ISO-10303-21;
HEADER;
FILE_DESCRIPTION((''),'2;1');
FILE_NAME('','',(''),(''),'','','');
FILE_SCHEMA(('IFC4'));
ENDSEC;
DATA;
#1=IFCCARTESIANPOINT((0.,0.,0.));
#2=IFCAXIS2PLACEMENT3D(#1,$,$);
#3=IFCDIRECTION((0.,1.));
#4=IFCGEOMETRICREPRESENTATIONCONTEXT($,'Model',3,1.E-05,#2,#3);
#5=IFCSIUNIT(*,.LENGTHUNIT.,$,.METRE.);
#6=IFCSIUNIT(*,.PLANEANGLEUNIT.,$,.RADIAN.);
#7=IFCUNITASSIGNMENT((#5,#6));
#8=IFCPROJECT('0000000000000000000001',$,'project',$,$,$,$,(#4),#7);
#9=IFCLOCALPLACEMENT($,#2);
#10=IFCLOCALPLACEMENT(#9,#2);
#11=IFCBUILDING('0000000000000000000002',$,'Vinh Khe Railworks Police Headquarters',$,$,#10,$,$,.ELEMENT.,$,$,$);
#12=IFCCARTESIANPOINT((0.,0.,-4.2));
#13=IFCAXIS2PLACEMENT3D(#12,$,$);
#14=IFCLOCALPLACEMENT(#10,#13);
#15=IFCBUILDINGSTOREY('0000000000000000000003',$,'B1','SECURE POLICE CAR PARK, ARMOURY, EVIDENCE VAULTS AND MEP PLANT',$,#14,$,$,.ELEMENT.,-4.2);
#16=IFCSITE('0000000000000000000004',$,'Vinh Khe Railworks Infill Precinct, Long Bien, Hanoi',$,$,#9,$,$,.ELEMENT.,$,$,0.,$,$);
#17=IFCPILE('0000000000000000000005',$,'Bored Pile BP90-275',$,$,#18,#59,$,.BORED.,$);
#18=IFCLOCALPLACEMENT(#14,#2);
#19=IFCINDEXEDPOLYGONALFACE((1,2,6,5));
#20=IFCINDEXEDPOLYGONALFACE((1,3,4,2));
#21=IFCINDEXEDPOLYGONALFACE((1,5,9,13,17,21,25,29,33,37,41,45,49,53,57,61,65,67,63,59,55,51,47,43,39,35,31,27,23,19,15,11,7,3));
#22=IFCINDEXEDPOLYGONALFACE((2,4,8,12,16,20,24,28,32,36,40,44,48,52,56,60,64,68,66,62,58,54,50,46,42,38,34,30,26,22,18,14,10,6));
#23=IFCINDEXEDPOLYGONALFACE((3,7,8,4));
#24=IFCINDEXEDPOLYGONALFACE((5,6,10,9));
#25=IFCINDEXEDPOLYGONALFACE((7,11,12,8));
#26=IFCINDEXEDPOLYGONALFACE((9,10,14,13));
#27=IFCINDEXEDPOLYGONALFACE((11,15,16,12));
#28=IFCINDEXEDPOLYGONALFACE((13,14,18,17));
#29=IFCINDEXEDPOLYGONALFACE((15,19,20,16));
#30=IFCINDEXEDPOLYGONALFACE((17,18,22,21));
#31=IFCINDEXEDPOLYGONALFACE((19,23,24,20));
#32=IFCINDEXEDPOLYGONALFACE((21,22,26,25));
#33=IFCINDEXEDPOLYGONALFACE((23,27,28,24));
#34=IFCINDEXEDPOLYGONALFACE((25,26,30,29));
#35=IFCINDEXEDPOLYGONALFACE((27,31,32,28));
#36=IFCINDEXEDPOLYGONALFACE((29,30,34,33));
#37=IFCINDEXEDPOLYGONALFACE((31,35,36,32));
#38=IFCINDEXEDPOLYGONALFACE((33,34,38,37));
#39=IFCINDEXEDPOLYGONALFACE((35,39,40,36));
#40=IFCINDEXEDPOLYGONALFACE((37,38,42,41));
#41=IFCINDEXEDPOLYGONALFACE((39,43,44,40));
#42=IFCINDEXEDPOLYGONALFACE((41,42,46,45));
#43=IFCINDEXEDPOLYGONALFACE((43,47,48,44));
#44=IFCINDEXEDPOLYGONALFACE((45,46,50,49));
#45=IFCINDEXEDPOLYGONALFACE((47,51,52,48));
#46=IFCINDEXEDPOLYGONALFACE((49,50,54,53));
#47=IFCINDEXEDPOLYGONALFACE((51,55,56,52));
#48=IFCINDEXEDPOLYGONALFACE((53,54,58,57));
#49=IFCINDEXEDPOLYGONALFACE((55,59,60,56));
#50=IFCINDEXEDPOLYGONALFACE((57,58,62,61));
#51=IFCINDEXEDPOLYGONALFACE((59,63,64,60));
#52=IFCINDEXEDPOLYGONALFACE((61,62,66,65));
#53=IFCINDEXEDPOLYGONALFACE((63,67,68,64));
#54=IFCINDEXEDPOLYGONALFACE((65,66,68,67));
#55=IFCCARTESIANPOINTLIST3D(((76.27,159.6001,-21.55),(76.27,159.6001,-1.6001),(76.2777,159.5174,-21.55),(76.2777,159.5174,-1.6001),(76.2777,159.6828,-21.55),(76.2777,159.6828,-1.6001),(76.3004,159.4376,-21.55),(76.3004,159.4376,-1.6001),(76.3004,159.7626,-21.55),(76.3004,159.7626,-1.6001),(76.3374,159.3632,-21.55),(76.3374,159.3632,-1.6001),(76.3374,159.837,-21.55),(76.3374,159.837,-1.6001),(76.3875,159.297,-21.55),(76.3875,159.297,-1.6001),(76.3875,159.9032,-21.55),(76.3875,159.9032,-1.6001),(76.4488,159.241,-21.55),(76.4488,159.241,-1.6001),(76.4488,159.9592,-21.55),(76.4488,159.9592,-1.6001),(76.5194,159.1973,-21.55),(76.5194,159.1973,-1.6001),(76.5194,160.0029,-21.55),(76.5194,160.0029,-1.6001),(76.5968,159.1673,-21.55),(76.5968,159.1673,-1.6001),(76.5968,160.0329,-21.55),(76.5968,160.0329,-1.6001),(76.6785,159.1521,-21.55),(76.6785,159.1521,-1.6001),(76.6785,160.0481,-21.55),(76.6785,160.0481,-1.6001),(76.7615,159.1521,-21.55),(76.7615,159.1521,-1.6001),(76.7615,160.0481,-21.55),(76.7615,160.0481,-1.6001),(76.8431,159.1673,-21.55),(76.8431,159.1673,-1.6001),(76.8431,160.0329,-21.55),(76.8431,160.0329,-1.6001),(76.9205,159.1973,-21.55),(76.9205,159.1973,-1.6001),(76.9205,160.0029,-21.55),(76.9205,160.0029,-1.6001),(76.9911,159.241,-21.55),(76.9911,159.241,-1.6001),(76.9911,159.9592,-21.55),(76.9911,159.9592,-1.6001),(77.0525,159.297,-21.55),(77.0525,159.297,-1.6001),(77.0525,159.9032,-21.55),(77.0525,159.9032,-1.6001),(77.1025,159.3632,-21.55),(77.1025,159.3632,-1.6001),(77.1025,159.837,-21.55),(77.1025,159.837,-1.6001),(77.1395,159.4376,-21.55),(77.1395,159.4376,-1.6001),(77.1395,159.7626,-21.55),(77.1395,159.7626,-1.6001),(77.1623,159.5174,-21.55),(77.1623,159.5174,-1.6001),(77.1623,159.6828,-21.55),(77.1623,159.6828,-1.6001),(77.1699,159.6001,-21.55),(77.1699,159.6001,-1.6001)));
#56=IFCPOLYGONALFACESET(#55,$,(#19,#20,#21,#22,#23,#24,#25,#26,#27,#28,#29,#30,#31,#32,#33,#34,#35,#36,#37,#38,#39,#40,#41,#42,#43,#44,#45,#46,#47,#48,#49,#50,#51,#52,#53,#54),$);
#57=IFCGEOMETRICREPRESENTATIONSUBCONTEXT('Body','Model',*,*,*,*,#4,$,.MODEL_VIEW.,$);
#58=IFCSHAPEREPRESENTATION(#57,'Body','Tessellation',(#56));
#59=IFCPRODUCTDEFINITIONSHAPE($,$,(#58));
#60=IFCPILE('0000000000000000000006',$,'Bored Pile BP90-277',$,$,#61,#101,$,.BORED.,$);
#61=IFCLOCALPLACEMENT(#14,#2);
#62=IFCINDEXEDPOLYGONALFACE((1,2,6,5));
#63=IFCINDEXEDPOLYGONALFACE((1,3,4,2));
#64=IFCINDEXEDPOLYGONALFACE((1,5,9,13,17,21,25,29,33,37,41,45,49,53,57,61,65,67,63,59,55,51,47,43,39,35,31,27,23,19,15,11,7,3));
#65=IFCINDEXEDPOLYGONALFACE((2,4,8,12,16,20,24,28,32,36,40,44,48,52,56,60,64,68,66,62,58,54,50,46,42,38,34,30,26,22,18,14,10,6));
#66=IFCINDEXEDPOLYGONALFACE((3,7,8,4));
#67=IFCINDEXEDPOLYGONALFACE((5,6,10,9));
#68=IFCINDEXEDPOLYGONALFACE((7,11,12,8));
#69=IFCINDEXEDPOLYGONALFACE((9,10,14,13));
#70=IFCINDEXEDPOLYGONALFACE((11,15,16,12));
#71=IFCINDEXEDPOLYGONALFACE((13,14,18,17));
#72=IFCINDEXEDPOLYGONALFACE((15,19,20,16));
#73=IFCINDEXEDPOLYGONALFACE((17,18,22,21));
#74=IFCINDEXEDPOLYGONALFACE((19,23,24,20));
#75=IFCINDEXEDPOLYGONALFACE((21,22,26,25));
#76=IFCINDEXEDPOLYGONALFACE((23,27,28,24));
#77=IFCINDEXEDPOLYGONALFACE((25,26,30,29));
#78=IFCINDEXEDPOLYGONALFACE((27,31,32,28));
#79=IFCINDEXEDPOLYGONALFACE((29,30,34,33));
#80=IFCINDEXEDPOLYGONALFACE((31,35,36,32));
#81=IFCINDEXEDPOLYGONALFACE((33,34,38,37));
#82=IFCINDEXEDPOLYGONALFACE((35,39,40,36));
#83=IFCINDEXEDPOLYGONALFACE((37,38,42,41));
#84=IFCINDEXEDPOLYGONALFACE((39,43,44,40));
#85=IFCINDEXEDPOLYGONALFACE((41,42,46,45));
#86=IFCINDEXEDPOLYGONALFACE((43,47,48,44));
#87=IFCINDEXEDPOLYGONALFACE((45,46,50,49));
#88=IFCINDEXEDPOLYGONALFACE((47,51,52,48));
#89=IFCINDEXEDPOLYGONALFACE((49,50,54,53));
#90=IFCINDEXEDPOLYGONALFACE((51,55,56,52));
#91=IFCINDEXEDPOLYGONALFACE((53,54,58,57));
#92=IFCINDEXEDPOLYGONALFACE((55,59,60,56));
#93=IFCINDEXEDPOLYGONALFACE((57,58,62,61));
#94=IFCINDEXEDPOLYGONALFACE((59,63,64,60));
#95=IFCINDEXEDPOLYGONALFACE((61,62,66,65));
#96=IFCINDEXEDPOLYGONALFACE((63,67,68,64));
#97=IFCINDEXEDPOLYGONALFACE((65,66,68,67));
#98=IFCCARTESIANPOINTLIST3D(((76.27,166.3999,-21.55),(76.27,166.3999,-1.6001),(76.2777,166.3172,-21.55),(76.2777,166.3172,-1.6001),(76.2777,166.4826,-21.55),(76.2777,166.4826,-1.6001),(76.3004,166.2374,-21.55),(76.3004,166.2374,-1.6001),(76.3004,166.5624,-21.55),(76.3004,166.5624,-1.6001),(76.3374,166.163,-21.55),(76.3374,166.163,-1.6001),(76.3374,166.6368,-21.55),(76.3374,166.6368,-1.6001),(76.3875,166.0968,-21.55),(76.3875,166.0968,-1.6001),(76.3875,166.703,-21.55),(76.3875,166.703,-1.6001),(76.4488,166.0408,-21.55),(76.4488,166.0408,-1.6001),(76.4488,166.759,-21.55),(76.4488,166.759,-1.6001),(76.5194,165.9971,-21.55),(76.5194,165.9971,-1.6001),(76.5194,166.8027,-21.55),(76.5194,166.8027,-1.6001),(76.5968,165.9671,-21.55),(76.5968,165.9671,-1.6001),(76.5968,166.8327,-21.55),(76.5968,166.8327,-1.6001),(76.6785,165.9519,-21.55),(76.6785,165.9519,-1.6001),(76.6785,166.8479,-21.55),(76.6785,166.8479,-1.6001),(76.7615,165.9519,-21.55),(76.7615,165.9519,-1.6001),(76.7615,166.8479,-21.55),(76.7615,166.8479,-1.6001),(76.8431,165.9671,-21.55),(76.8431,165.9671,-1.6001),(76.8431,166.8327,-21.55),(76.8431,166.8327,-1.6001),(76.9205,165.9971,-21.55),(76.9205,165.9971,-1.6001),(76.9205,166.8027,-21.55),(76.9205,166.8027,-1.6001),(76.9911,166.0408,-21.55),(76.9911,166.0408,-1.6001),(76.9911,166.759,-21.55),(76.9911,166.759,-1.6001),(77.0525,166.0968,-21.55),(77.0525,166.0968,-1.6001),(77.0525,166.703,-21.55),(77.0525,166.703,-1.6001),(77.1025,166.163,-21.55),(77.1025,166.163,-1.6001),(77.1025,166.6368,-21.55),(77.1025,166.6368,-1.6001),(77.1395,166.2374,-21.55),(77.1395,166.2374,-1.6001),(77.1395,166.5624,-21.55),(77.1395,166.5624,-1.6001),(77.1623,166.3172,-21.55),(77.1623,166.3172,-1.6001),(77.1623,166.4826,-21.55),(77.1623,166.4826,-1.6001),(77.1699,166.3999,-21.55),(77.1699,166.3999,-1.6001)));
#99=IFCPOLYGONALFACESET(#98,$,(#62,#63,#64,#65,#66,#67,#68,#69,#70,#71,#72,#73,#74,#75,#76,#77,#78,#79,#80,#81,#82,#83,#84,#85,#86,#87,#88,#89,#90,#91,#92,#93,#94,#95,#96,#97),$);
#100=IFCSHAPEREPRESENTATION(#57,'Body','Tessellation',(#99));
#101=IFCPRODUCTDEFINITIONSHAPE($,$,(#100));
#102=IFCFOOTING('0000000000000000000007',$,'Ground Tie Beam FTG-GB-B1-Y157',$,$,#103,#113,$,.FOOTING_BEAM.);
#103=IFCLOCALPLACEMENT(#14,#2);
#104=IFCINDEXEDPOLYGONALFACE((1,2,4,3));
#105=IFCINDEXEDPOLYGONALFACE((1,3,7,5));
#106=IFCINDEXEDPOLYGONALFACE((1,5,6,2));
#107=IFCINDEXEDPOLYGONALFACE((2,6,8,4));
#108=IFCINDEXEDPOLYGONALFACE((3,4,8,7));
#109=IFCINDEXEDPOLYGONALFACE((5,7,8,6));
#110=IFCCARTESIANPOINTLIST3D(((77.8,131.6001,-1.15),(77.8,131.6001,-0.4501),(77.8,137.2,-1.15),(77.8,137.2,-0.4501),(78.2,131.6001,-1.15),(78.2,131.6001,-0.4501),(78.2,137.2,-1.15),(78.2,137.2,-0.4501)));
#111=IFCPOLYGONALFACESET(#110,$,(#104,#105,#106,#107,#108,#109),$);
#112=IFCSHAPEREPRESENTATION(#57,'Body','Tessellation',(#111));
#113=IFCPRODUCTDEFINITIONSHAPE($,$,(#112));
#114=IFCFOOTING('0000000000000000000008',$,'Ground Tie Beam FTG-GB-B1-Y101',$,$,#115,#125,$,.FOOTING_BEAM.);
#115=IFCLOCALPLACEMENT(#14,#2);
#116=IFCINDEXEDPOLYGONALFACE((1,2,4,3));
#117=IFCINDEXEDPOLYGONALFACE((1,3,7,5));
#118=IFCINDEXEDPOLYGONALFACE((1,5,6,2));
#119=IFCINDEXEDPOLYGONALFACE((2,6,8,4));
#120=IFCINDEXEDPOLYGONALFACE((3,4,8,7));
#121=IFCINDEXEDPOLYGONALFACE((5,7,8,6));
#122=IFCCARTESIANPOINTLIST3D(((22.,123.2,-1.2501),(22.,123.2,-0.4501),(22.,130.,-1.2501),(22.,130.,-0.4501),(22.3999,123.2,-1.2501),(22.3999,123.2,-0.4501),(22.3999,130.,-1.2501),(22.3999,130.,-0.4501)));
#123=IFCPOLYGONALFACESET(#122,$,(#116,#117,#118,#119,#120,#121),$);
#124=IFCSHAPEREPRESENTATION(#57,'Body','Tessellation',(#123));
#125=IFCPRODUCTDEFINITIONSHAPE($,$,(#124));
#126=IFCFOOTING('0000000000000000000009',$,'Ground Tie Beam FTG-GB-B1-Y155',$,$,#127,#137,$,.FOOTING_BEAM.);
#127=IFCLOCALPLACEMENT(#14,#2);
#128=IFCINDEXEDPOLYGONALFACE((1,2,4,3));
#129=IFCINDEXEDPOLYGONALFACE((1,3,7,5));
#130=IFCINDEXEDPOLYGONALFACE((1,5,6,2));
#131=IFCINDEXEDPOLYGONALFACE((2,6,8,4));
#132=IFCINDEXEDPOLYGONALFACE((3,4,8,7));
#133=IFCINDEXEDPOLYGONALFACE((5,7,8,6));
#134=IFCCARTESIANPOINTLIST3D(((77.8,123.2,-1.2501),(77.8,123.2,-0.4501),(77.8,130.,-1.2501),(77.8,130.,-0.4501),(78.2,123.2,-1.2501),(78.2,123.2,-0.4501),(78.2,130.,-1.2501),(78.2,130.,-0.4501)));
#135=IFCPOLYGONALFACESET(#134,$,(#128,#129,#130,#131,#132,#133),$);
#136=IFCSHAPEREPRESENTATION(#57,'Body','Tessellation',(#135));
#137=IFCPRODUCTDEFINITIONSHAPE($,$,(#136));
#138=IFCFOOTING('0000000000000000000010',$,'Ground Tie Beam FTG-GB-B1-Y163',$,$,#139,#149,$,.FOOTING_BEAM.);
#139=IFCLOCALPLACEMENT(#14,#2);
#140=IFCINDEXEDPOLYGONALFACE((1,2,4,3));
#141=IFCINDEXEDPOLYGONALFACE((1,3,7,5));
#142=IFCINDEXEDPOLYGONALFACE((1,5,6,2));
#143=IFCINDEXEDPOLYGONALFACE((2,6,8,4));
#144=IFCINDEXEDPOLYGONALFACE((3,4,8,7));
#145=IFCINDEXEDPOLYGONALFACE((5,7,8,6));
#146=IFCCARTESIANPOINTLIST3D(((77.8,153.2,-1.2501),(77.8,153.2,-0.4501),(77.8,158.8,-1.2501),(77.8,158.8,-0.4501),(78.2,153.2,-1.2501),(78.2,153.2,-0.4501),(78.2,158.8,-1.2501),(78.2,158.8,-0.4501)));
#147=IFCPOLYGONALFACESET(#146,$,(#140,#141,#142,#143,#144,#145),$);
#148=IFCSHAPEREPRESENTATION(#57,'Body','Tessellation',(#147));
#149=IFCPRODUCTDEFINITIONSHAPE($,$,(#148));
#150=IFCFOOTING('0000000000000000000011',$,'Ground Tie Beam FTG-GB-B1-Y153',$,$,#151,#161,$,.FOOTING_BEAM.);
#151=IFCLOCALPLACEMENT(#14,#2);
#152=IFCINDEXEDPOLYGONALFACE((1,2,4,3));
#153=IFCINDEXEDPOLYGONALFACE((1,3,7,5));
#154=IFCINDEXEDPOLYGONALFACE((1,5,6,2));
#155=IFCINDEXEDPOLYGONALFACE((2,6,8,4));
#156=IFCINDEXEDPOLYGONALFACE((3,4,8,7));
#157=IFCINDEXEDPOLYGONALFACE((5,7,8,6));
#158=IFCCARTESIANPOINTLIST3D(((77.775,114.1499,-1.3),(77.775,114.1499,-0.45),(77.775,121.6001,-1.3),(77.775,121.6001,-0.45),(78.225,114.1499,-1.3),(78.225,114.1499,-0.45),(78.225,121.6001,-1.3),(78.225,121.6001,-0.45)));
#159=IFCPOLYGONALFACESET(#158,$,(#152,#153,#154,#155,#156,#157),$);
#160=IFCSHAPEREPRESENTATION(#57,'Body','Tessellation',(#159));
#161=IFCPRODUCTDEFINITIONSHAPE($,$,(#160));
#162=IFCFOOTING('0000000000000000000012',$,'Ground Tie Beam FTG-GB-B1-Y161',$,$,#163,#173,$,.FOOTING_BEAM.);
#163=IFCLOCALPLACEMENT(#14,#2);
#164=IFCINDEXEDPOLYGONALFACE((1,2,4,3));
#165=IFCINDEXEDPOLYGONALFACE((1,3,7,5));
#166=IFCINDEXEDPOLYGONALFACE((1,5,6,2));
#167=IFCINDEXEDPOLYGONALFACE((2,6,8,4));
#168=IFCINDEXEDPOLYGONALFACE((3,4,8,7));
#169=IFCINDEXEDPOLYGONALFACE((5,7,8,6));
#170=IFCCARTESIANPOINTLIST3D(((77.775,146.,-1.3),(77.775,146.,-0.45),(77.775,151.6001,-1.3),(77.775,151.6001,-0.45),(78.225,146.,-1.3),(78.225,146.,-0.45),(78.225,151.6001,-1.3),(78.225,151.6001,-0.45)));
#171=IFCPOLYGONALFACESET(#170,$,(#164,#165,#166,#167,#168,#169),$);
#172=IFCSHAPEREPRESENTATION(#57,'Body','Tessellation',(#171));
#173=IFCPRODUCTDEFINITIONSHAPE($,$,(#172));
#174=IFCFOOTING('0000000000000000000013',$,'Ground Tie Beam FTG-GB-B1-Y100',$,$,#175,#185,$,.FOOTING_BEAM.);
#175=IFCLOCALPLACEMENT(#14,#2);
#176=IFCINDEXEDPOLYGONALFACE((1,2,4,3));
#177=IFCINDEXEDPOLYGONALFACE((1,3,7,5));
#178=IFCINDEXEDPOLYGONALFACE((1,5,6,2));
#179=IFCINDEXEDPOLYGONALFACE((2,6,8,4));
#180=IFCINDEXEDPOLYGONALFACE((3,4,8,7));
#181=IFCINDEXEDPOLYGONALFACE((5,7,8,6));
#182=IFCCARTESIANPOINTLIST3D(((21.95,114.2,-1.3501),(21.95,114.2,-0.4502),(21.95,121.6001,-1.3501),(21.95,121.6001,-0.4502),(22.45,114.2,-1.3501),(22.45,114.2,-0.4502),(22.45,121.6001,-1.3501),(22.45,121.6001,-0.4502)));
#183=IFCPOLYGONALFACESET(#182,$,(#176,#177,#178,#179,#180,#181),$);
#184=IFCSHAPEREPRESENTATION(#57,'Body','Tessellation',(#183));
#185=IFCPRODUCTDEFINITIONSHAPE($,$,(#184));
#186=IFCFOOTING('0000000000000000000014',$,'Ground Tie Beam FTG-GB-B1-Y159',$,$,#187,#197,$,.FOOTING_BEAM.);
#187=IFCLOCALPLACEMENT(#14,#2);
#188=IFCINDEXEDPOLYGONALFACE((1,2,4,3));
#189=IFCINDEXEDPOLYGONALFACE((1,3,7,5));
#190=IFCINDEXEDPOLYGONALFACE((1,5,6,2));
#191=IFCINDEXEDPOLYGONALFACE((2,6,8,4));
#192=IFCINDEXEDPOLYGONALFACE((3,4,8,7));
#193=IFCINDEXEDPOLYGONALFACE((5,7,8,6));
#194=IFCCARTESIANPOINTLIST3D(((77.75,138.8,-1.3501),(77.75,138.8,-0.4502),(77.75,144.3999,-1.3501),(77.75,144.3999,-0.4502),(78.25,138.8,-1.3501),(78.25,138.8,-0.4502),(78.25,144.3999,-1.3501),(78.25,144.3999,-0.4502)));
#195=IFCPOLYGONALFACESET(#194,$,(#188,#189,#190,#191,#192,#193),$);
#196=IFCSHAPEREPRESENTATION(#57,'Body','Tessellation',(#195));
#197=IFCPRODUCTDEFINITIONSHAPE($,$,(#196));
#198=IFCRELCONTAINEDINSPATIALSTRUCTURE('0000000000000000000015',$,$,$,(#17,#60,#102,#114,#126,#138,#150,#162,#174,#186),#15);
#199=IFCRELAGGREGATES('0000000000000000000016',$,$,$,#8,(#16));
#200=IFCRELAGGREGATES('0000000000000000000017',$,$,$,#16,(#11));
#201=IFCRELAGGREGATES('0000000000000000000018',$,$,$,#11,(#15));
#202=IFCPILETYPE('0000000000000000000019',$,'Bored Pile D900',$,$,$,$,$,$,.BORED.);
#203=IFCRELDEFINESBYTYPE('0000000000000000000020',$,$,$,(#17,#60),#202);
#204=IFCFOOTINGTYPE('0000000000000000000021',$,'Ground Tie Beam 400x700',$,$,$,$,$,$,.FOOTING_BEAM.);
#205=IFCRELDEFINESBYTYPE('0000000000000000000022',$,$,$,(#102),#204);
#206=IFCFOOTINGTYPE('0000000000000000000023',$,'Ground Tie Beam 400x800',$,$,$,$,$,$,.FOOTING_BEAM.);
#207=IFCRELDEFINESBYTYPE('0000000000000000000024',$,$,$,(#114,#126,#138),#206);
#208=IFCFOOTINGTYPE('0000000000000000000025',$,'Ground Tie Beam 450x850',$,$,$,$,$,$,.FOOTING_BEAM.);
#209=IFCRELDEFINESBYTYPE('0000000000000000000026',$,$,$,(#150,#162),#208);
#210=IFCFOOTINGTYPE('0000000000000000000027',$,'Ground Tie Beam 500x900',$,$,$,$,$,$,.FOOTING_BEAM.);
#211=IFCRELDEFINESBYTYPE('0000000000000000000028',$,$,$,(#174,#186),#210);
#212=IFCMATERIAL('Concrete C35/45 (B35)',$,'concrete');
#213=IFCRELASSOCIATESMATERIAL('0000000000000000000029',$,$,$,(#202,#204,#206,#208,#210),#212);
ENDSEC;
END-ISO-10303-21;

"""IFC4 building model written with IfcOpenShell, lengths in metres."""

from ifc_helpers import new_model, si_unit, direction, frame, origin, origin_2d, place, context, subcontext, project, spatial, rectangle, circle, extrude, material, material_profile, profile_set, type_object, element, save


model = new_model("IFC4")

# Units and contexts
model_context = context("Model", 3, precision=1e-05, world=origin(), true_north=direction((0.0, 1.0)))
body_context = subcontext(model_context, "Body", "Model", "MODEL_VIEW")
ifc_project = project(units=[si_unit("LENGTHUNIT", "METRE"), si_unit("PLANEANGLEUNIT", "RADIAN")], contexts=[model_context])

# Site, building, storey
site_placement = place(None, origin())
site = spatial("IfcSite", under=ifc_project, at=site_placement, Name="Vinh Khe Railworks Infill Precinct, Long Bien, Hanoi", CompositionType="ELEMENT", RefElevation=0.0)
building_placement = place(site_placement, origin())
building = spatial("IfcBuilding", under=site, at=building_placement, Name="Vinh Khe Railworks Police Headquarters", CompositionType="ELEMENT")
storey_placement = place(building_placement, frame((0.0, 0.0, -4.2)))
storey = spatial("IfcBuildingStorey", under=building, at=storey_placement, Name="B1", Description="SECURE POLICE CAR PARK, ARMOURY, EVIDENCE VAULTS AND MEP PLANT", CompositionType="ELEMENT", Elevation=-4.2)

# Piles
ifc_material_1 = material(Name="Concrete C35/45 (B35)", Category="concrete")
ifc_material_profile_1 = material_profile(ifc_material_1, circle(Radius=0.45, at=origin_2d()), Name="BORED PILE D900")
ifc_profile_set_1 = profile_set([ifc_material_profile_1], Name="Concrete C35/45 (B35)")
pile_type_1 = type_object("IfcPileType", Name="Bored Pile D900", PredefinedType="BORED", material=ifc_profile_set_1)
for number, where, z_axis, x_axis, name in (
    (1, (76.72, 159.6001, -1.6001), (0.0, 0.0, -1.0), (1.0, 0.0, 0.0), "Bored Pile BP90-275"),
    (2, (76.72, 166.3999, -1.6001), (0.0, 0.0, -1.0), (1.0, 0.0, 0.0), "Bored Pile BP90-277"),
):
    element("IfcPile", number, at=place(storey_placement, frame(where, z_axis=z_axis, x_axis=x_axis)), inside=storey, type_object=pile_type_1, Name=name, PredefinedType="BORED", context=body_context, shape_type="SweptSolid", body=[
        extrude(circle(Radius=0.45, at=origin_2d()), origin(), (0.0, 0.0, 1.0), 19.95),
    ])

# Footings
ifc_material_profile_2 = material_profile(ifc_material_1, rectangle(XDim=0.3999, YDim=0.7, at=origin_2d()), Name="RC 400x700")
ifc_profile_set_2 = profile_set([ifc_material_profile_2], Name="Concrete C35/45 (B35)")
footing_type_1 = type_object("IfcFootingType", Name="Ground Tie Beam 400x700", PredefinedType="FOOTING_BEAM", material=ifc_profile_set_2)
footing_1_placement = place(storey_placement, frame((78.0, 131.6001, -0.8), z_axis=(0.0, 1.0, 0.0), x_axis=(-1.0, 0.0, 0.0)))
element("IfcFooting", 3, at=footing_1_placement, inside=storey, type_object=footing_type_1, Name="Ground Tie Beam FTG-GB-B1-Y157", PredefinedType="FOOTING_BEAM", context=body_context, shape_type="SweptSolid", body=[
    extrude(rectangle(XDim=0.3999, YDim=0.7, at=origin_2d()), origin(), (0.0, 0.0, 1.0), 5.5999),
])
ifc_material_profile_3 = material_profile(ifc_material_1, rectangle(XDim=0.3999, YDim=0.8, at=origin_2d()), Name="RC 400x800")
ifc_profile_set_3 = profile_set([ifc_material_profile_3], Name="Concrete C35/45 (B35)")
footing_type_2 = type_object("IfcFootingType", Name="Ground Tie Beam 400x800", PredefinedType="FOOTING_BEAM", material=ifc_profile_set_3)
for number, where, z_axis, x_axis, name in (
    (4, (22.2, 123.2, -0.8501), (0.0, 1.0, 0.0), (-1.0, 0.0, 0.0), "Ground Tie Beam FTG-GB-B1-Y101"),
    (5, (78.0, 123.2, -0.8501), (0.0, 1.0, 0.0), (-1.0, 0.0, 0.0), "Ground Tie Beam FTG-GB-B1-Y155"),
):
    element("IfcFooting", number, at=place(storey_placement, frame(where, z_axis=z_axis, x_axis=x_axis)), inside=storey, type_object=footing_type_2, Name=name, PredefinedType="FOOTING_BEAM", context=body_context, shape_type="SweptSolid", body=[
        extrude(rectangle(XDim=0.3999, YDim=0.8, at=origin_2d()), origin(), (0.0, 0.0, 1.0), 6.8),
    ])
footing_2_placement = place(storey_placement, frame((78.0, 153.2, -0.8501), z_axis=(0.0, 1.0, 0.0), x_axis=(-1.0, 0.0, 0.0)))
element("IfcFooting", 6, at=footing_2_placement, inside=storey, type_object=footing_type_2, Name="Ground Tie Beam FTG-GB-B1-Y163", PredefinedType="FOOTING_BEAM", context=body_context, shape_type="SweptSolid", body=[
    extrude(rectangle(XDim=0.3999, YDim=0.8, at=origin_2d()), origin(), (0.0, 0.0, 1.0), 5.6001),
])
ifc_material_profile_4 = material_profile(ifc_material_1, rectangle(XDim=0.45, YDim=0.8501, at=origin_2d()), Name="RC 450x850")
ifc_profile_set_4 = profile_set([ifc_material_profile_4], Name="Concrete C35/45 (B35)")
footing_type_3 = type_object("IfcFootingType", Name="Ground Tie Beam 450x850", PredefinedType="FOOTING_BEAM", material=ifc_profile_set_4)
footing_3_placement = place(storey_placement, frame((78.0, 114.1499, -0.875), z_axis=(0.0, 1.0, 0.0), x_axis=(-1.0, 0.0, 0.0)))
element("IfcFooting", 7, at=footing_3_placement, inside=storey, type_object=footing_type_3, Name="Ground Tie Beam FTG-GB-B1-Y153", PredefinedType="FOOTING_BEAM", context=body_context, shape_type="SweptSolid", body=[
    extrude(rectangle(XDim=0.45, YDim=0.8501, at=origin_2d()), origin(), (0.0, 0.0, 1.0), 7.4502),
])
footing_4_placement = place(storey_placement, frame((78.0, 146.0, -0.875), z_axis=(0.0, 1.0, 0.0), x_axis=(-1.0, 0.0, 0.0)))
element("IfcFooting", 8, at=footing_4_placement, inside=storey, type_object=footing_type_3, Name="Ground Tie Beam FTG-GB-B1-Y161", PredefinedType="FOOTING_BEAM", context=body_context, shape_type="SweptSolid", body=[
    extrude(rectangle(XDim=0.45, YDim=0.8501, at=origin_2d()), origin(), (0.0, 0.0, 1.0), 5.6001),
])
ifc_material_profile_5 = material_profile(ifc_material_1, rectangle(XDim=0.5, YDim=0.8999, at=origin_2d()), Name="RC 500x900")
ifc_profile_set_5 = profile_set([ifc_material_profile_5], Name="Concrete C35/45 (B35)")
footing_type_4 = type_object("IfcFootingType", Name="Ground Tie Beam 500x900", PredefinedType="FOOTING_BEAM", material=ifc_profile_set_5)
footing_5_placement = place(storey_placement, frame((22.2, 114.2, -0.9001), z_axis=(0.0, 1.0, 0.0), x_axis=(-1.0, 0.0, 0.0)))
element("IfcFooting", 9, at=footing_5_placement, inside=storey, type_object=footing_type_4, Name="Ground Tie Beam FTG-GB-B1-Y100", PredefinedType="FOOTING_BEAM", context=body_context, shape_type="SweptSolid", body=[
    extrude(rectangle(XDim=0.5, YDim=0.8999, at=origin_2d()), origin(), (0.0, 0.0, 1.0), 7.4001),
])
footing_6_placement = place(storey_placement, frame((78.0, 138.8, -0.9001), z_axis=(0.0, 1.0, 0.0), x_axis=(-1.0, 0.0, 0.0)))
element("IfcFooting", 10, at=footing_6_placement, inside=storey, type_object=footing_type_4, Name="Ground Tie Beam FTG-GB-B1-Y159", PredefinedType="FOOTING_BEAM", context=body_context, shape_type="SweptSolid", body=[
    extrude(rectangle(XDim=0.5, YDim=0.8999, at=origin_2d()), origin(), (0.0, 0.0, 1.0), 5.5999),
])

save(model, "model.ifc")
